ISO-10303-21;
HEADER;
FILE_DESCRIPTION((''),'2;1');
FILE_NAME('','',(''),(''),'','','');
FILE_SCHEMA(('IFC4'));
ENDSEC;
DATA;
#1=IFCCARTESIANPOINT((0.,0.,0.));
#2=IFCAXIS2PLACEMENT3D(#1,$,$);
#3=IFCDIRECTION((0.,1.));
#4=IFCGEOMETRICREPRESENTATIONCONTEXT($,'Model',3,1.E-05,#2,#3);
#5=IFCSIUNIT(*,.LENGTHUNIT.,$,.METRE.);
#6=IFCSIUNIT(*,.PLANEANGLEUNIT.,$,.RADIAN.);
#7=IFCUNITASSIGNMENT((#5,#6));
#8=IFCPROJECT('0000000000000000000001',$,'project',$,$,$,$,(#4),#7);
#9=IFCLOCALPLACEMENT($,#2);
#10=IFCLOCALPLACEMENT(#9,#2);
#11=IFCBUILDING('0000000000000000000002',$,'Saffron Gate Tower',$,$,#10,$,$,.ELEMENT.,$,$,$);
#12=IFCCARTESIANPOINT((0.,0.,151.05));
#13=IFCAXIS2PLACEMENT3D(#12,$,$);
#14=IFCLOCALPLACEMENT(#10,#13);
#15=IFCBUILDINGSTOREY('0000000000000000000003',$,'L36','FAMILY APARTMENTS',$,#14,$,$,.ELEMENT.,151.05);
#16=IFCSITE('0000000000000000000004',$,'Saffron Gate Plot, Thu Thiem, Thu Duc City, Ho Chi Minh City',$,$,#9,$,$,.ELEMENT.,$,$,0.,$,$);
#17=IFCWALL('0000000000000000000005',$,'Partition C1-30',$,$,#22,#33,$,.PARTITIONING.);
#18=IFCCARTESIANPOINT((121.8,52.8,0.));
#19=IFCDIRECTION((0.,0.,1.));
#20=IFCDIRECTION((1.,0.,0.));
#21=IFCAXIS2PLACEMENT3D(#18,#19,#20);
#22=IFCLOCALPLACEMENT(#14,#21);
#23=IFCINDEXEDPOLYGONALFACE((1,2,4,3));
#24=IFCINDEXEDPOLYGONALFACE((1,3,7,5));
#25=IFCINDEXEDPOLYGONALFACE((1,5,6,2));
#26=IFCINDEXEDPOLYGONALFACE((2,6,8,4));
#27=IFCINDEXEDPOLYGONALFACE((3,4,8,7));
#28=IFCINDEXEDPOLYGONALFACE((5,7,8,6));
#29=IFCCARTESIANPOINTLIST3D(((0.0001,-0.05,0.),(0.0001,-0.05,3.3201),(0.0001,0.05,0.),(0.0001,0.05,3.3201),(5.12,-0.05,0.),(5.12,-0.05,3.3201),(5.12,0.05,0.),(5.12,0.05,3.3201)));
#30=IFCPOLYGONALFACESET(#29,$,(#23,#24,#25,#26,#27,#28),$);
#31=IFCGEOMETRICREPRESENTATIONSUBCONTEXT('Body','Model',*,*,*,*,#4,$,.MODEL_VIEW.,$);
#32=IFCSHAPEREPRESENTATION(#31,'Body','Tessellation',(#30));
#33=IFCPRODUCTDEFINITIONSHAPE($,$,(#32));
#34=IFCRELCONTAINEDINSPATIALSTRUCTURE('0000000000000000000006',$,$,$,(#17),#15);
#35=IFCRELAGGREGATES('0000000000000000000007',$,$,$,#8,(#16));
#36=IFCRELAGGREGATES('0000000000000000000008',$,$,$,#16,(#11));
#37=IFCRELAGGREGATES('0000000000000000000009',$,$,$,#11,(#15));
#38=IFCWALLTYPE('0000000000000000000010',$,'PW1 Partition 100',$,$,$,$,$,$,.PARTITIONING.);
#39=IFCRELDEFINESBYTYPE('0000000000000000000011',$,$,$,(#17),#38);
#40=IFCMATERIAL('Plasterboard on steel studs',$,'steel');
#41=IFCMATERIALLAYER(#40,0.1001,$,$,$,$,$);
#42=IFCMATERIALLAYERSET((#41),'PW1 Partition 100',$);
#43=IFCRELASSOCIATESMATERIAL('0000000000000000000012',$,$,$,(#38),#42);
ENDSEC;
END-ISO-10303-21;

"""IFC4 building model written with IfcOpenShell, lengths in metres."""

from ifc_helpers import new_model, si_unit, direction, frame, frame_2d, origin, place, context, subcontext, project, spatial, rectangle, extrude, material, layer, layer_set, type_object, element, save


model = new_model("IFC4")

# Units and contexts
model_context = context("Model", 3, precision=1e-05, world=origin(), true_north=direction((0.0, 1.0)))
body_context = subcontext(model_context, "Body", "Model", "MODEL_VIEW")
ifc_project = project(units=[si_unit("LENGTHUNIT", "METRE"), si_unit("PLANEANGLEUNIT", "RADIAN")], contexts=[model_context])

# Site, building, storey
site_placement = place(None, origin())
site = spatial("IfcSite", under=ifc_project, at=site_placement, Name="Saffron Gate Plot, Thu Thiem, Thu Duc City, Ho Chi Minh City", CompositionType="ELEMENT", RefElevation=0.0)
building_placement = place(site_placement, origin())
building = spatial("IfcBuilding", under=site, at=building_placement, Name="Saffron Gate Tower", CompositionType="ELEMENT")
storey_placement = place(building_placement, frame((0.0, 0.0, 151.05)))
storey = spatial("IfcBuildingStorey", under=building, at=storey_placement, Name="L36", Description="FAMILY APARTMENTS", CompositionType="ELEMENT", Elevation=151.05)

# Shared definitions
ifc_material_1 = material(Name="Plasterboard on steel studs", Category="steel")
ifc_layer_1 = layer(ifc_material_1, 0.1001)
ifc_layer_set_1 = layer_set([ifc_layer_1], Name="PW1 Partition 100")
wall_type_1 = type_object("IfcWallType", Name="PW1 Partition 100", PredefinedType="PARTITIONING", material=ifc_layer_set_1)

# Wall
wall_1_placement = place(storey_placement, frame((121.8, 52.8, 0.0), z_axis=(0.0, 0.0, 1.0), x_axis=(1.0, 0.0, 0.0)))
element("IfcWall", 1, at=wall_1_placement, inside=storey, type_object=wall_type_1, Name="Partition C1-30", PredefinedType="PARTITIONING", context=body_context, shape_type="SweptSolid", body=[
    extrude(rectangle(XDim=5.1199, YDim=0.1001, at=frame_2d((2.5601, 0.0))), origin(), (0.0, 0.0, 1.0), 3.3201),
])

save(model, "model.ifc")
